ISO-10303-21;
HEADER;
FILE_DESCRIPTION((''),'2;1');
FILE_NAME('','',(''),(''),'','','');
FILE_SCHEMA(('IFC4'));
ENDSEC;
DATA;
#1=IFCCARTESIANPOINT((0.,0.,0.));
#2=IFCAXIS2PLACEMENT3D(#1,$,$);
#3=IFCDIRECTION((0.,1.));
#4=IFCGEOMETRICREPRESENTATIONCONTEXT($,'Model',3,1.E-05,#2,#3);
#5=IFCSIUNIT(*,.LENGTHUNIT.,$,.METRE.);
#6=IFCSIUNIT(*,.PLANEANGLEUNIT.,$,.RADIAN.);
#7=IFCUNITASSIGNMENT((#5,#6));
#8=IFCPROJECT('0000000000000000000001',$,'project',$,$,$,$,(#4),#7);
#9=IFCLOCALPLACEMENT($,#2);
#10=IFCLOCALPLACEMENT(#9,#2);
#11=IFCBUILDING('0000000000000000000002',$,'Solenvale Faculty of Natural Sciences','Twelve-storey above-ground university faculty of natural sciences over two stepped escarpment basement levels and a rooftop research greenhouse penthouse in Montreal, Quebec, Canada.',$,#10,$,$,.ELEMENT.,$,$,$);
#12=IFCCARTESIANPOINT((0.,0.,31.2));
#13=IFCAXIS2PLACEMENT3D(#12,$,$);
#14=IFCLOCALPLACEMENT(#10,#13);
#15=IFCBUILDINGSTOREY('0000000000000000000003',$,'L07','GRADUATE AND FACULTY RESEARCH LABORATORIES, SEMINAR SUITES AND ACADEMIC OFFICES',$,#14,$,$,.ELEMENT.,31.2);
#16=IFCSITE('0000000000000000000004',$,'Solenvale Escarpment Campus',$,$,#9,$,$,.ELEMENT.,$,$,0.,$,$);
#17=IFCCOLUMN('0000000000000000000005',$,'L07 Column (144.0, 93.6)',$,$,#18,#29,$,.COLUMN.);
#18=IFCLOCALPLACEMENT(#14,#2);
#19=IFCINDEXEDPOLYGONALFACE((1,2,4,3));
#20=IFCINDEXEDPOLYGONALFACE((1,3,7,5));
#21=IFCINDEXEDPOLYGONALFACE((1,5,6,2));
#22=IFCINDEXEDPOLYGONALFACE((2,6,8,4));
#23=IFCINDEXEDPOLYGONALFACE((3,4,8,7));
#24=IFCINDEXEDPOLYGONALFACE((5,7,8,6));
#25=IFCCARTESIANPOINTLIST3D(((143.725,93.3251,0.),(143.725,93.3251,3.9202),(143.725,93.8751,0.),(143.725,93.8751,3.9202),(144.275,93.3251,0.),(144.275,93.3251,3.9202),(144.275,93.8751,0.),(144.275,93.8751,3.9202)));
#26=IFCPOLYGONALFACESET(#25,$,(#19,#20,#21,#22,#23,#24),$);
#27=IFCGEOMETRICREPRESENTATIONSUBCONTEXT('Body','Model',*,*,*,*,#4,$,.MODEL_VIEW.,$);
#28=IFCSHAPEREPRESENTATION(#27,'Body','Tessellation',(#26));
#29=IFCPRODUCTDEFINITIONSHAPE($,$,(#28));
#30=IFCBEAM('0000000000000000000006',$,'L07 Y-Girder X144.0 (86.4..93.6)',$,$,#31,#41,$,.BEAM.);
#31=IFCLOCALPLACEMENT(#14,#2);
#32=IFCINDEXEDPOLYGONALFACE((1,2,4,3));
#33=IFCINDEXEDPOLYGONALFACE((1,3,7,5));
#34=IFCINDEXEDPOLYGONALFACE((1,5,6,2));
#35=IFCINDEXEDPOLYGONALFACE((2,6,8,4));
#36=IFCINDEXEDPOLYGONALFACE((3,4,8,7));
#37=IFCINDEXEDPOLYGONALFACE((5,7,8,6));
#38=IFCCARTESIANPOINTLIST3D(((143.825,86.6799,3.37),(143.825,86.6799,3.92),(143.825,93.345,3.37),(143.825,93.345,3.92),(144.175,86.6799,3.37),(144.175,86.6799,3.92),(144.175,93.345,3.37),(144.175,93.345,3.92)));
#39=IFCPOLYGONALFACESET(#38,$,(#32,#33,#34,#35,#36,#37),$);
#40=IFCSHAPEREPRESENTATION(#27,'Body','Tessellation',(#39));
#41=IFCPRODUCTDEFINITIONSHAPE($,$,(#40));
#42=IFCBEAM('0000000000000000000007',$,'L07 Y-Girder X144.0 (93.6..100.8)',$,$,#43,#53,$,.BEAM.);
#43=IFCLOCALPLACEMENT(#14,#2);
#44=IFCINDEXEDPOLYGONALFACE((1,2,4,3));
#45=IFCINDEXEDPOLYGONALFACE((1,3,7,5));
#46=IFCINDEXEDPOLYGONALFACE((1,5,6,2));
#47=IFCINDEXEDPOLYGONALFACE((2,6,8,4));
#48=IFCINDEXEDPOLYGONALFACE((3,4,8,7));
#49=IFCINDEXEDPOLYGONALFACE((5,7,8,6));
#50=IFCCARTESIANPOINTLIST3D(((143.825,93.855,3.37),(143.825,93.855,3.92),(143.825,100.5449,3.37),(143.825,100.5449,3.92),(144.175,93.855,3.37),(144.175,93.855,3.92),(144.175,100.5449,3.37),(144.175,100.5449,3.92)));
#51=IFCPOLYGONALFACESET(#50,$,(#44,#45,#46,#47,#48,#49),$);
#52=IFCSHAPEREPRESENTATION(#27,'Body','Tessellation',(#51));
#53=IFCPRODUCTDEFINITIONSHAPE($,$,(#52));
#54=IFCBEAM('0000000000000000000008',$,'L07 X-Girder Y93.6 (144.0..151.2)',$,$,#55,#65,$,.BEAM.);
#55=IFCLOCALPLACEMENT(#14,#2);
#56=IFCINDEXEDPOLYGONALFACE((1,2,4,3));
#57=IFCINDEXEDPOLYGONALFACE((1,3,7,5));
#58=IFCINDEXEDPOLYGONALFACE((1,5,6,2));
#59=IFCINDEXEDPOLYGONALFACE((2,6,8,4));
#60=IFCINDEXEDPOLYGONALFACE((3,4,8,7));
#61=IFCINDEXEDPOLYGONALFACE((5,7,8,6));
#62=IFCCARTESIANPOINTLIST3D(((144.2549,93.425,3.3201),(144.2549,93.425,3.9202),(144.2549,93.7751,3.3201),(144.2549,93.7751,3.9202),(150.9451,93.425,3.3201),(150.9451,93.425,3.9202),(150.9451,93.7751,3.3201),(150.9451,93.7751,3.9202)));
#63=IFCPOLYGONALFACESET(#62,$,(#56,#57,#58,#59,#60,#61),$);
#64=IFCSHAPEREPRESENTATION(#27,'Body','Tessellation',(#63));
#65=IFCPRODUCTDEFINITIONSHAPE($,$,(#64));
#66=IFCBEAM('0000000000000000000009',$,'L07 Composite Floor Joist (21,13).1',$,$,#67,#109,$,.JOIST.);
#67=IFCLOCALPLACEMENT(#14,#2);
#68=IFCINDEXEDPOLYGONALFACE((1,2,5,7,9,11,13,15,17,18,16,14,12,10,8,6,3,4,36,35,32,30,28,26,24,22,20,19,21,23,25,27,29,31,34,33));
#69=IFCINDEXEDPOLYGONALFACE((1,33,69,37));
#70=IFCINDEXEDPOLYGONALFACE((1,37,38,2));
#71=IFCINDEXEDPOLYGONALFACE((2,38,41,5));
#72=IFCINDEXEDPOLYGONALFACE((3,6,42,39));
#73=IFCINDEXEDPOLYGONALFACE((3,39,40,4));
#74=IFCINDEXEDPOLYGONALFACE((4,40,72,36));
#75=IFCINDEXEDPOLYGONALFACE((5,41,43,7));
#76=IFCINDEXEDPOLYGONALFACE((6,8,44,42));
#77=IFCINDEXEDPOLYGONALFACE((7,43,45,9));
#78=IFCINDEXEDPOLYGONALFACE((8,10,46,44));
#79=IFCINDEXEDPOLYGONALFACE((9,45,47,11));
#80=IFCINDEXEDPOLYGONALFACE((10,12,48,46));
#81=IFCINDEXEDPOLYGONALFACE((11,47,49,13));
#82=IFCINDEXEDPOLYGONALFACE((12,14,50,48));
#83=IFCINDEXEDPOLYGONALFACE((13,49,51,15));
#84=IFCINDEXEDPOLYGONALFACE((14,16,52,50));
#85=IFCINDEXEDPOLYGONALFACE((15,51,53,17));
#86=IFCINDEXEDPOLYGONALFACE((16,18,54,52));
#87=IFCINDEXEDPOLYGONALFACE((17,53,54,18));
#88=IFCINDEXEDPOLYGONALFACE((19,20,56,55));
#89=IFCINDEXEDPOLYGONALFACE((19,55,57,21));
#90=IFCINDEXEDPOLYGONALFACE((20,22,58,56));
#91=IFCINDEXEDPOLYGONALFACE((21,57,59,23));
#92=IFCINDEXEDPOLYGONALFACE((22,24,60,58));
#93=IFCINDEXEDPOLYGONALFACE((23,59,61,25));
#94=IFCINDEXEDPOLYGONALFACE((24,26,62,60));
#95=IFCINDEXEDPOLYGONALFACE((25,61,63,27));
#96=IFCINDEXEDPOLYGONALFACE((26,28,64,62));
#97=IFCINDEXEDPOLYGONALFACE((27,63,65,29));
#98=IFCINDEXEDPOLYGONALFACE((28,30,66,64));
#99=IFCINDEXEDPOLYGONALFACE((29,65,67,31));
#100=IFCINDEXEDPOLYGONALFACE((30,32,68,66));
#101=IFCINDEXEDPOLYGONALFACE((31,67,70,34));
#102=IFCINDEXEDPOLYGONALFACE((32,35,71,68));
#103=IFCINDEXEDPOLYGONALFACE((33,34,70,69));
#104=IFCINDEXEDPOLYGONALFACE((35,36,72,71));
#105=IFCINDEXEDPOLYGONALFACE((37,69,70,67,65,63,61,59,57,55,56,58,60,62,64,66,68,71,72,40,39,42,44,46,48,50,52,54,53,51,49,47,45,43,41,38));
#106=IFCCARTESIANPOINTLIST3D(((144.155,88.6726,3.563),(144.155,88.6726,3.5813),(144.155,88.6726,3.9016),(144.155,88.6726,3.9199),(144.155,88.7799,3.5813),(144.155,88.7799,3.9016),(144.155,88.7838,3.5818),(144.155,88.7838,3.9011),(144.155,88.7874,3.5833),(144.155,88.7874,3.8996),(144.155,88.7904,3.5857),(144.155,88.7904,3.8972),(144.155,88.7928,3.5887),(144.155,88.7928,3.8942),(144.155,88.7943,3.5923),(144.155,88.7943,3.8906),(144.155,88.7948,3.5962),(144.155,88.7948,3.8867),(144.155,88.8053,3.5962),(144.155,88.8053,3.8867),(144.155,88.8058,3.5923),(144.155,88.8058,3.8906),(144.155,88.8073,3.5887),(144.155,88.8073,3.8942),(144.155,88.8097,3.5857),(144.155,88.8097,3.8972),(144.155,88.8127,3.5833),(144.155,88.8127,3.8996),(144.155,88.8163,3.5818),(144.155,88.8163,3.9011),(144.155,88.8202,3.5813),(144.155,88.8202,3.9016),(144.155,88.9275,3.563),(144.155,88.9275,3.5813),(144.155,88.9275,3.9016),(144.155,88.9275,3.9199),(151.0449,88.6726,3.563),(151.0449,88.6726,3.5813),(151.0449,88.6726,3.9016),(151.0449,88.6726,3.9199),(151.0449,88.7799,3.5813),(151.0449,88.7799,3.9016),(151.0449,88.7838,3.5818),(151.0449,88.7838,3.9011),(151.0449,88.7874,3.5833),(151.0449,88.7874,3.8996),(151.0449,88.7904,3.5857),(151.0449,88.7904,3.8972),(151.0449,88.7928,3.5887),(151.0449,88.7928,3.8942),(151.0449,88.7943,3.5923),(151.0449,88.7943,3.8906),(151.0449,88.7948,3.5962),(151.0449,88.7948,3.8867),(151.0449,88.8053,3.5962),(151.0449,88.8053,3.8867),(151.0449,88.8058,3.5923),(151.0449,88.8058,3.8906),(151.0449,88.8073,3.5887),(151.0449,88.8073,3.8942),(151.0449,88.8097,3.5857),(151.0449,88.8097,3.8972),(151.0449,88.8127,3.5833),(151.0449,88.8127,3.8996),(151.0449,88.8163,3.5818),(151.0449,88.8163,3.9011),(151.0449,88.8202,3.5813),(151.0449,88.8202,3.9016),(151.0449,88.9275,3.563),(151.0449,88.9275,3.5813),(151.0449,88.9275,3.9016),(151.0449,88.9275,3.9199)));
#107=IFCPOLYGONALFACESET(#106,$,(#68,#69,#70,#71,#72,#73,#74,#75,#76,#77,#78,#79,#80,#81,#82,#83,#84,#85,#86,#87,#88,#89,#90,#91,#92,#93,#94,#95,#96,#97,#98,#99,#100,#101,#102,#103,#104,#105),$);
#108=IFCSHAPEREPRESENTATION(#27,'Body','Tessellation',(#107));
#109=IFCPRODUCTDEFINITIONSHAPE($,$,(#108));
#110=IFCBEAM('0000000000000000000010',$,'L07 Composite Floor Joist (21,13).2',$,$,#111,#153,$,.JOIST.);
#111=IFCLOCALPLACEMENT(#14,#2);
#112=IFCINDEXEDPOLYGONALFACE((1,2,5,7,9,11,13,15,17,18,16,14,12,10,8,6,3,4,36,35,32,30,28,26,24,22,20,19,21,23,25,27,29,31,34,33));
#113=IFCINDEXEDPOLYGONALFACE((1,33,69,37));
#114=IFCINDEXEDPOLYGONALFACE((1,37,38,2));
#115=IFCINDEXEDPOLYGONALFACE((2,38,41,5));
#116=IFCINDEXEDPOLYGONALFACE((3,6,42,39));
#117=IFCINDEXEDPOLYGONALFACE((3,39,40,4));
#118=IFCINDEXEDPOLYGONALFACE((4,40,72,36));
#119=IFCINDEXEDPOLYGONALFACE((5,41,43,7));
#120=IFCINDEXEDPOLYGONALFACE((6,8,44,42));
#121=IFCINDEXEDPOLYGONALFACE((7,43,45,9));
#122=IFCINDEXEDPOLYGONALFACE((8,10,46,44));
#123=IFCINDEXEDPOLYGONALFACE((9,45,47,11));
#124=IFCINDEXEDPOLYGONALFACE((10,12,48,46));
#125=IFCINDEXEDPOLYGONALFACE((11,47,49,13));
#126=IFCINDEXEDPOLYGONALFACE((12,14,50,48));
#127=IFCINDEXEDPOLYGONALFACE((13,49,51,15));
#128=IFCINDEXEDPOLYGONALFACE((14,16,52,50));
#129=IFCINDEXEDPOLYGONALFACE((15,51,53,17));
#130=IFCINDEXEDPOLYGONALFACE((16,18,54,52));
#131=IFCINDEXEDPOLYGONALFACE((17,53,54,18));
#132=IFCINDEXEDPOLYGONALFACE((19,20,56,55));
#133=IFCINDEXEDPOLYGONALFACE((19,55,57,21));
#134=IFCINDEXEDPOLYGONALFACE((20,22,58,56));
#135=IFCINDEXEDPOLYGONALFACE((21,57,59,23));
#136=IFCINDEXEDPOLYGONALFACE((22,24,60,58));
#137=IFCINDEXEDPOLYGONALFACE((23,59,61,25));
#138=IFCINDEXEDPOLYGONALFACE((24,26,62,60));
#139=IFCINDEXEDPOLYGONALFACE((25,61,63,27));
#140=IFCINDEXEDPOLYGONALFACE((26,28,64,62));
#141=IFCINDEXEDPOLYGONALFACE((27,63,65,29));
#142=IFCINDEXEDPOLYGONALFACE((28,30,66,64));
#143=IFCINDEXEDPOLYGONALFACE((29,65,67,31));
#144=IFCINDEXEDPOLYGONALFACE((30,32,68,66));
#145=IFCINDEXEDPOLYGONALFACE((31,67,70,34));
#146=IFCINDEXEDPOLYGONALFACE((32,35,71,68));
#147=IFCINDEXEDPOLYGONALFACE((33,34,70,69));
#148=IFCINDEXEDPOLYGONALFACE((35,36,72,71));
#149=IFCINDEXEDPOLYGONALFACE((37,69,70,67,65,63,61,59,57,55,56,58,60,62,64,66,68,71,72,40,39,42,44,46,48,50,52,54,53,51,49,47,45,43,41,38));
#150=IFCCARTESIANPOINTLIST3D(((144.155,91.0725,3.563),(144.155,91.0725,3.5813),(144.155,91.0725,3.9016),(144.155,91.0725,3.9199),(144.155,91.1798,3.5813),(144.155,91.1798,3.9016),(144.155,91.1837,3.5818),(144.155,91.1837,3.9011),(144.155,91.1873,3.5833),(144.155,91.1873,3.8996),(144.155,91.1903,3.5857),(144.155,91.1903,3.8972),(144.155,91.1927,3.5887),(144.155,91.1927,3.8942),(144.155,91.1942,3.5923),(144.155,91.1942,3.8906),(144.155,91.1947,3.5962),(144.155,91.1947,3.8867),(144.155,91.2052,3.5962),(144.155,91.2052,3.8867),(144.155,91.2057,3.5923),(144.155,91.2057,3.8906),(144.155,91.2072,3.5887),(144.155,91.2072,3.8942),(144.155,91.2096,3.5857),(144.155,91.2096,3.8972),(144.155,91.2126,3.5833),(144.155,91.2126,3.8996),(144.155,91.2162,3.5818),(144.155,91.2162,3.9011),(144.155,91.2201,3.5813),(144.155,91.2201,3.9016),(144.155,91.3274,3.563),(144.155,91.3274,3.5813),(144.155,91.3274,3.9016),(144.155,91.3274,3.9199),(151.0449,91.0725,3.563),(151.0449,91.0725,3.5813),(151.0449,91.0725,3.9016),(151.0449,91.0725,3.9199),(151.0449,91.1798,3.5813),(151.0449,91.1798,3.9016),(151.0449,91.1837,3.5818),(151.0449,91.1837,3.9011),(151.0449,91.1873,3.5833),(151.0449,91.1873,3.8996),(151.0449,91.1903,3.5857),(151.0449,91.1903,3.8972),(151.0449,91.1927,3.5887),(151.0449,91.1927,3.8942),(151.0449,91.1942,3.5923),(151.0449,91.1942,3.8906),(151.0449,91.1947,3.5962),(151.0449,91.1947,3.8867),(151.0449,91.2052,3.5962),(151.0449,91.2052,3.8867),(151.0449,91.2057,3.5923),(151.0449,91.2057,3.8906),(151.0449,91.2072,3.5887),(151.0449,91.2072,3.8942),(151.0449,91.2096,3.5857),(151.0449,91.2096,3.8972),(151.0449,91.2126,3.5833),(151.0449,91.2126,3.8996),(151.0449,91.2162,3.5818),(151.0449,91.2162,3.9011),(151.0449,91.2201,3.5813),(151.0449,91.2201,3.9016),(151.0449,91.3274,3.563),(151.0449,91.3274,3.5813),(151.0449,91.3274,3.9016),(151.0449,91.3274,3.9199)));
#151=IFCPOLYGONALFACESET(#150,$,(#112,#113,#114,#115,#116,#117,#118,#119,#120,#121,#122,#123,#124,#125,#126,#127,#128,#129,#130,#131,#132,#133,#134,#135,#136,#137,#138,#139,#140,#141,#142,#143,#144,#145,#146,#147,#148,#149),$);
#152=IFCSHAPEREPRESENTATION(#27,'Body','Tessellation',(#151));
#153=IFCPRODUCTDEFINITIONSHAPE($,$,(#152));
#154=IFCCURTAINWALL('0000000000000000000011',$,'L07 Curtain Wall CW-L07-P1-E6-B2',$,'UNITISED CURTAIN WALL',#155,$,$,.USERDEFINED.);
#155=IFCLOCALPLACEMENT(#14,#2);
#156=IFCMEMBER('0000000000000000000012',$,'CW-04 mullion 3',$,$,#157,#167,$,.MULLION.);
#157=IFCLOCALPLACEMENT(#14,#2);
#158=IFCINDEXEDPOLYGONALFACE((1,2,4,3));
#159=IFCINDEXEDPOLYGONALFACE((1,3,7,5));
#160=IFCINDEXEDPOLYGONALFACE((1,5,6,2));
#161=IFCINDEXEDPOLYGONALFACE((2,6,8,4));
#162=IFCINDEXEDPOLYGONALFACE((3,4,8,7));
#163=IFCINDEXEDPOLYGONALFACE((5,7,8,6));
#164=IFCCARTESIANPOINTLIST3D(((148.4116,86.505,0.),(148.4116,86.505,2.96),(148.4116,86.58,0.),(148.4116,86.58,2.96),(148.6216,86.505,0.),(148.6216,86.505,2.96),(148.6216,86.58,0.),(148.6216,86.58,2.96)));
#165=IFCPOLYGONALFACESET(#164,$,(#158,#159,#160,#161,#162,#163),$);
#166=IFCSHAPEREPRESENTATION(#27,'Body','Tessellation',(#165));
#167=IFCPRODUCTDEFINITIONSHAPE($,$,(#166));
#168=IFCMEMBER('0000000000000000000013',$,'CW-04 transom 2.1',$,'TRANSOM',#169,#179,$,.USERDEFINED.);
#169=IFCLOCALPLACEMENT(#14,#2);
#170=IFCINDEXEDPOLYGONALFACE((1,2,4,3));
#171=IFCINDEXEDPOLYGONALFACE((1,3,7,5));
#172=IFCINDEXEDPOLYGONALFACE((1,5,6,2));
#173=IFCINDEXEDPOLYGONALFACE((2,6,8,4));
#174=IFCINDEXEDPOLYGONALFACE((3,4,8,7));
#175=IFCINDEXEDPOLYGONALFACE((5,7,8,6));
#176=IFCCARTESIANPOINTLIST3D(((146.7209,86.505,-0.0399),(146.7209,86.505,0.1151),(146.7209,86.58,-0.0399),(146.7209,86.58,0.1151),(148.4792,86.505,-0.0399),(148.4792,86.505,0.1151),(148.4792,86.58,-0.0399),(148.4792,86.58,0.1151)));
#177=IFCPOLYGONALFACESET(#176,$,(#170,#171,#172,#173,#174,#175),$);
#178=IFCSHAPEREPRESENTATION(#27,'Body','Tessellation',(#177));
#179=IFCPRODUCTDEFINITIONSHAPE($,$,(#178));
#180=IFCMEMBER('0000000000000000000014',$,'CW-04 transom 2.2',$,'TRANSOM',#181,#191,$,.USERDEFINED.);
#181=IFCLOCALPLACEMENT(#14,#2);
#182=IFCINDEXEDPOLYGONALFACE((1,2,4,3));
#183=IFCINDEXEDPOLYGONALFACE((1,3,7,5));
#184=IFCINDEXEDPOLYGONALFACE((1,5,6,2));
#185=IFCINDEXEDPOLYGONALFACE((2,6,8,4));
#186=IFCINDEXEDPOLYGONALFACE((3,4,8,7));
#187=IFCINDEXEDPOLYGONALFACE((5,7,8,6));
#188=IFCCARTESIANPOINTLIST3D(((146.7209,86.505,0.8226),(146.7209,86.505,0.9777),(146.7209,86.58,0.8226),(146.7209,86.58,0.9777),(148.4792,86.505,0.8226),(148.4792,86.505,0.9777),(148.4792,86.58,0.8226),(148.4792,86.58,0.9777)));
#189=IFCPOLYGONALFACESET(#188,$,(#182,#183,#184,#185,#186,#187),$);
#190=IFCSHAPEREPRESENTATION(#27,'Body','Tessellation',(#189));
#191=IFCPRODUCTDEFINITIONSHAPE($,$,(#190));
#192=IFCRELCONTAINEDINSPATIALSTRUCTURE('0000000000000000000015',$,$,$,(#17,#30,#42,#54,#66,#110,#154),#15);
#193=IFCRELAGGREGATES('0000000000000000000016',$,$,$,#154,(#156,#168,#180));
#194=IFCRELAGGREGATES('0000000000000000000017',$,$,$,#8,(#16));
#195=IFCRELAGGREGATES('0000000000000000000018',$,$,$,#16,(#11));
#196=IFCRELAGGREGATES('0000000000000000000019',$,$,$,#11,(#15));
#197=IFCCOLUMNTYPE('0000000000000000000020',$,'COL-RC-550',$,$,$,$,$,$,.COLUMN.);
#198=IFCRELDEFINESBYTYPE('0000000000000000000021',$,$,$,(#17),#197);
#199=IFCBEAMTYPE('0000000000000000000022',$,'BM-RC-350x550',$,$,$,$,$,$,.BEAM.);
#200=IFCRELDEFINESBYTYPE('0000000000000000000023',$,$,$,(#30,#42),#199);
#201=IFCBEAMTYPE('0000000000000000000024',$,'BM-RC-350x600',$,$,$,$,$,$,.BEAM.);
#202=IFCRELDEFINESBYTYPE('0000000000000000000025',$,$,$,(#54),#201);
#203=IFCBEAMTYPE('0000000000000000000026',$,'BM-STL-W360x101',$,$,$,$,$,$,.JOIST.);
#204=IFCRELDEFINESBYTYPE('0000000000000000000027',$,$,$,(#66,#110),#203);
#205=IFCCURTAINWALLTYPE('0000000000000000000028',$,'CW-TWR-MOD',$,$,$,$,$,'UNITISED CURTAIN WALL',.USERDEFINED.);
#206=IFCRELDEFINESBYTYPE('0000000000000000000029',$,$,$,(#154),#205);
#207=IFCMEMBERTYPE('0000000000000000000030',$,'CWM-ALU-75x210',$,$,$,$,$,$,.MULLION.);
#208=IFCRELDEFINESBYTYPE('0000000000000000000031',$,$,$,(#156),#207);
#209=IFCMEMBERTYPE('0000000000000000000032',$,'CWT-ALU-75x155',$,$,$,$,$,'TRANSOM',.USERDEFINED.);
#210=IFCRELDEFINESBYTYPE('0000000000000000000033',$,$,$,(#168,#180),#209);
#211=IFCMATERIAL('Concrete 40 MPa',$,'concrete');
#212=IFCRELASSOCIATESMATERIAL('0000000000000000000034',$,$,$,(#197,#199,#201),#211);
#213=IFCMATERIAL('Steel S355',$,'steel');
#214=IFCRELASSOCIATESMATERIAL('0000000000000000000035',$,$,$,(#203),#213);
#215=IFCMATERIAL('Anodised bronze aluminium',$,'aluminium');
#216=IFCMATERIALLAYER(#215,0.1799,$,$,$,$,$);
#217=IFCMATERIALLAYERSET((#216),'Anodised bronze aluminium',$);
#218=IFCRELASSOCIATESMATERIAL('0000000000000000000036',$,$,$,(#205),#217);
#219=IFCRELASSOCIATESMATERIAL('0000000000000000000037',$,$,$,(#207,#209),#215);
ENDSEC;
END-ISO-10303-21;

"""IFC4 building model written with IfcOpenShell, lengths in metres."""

from ifc_helpers import new_model, si_unit, direction, frame, origin, origin_2d, place, context, subcontext, project, spatial, rectangle, i_section, extrude, material, layer, layer_set, material_profile, profile_set, type_object, element, aggregate, save


model = new_model("IFC4")

# Units and contexts
model_context = context("Model", 3, precision=1e-05, world=origin(), true_north=direction((0.0, 1.0)))
body_context = subcontext(model_context, "Body", "Model", "MODEL_VIEW")
ifc_project = project(units=[si_unit("LENGTHUNIT", "METRE"), si_unit("PLANEANGLEUNIT", "RADIAN")], contexts=[model_context])

# Site, building, storey
site_placement = place(None, origin())
site = spatial("IfcSite", under=ifc_project, at=site_placement, Name="Solenvale Escarpment Campus", CompositionType="ELEMENT", RefElevation=0.0)
building_placement = place(site_placement, origin())
building = spatial("IfcBuilding", under=site, at=building_placement, Name="Solenvale Faculty of Natural Sciences", Description="Twelve-storey above-ground university faculty of natural sciences over two stepped escarpment basement levels and a rooftop research greenhouse penthouse in Montreal, Quebec, Canada.", CompositionType="ELEMENT")
storey_placement = place(building_placement, frame((0.0, 0.0, 31.2)))
storey = spatial("IfcBuildingStorey", under=building, at=storey_placement, Name="L07", Description="GRADUATE AND FACULTY RESEARCH LABORATORIES, SEMINAR SUITES AND ACADEMIC OFFICES", CompositionType="ELEMENT", Elevation=31.2)

# Column
ifc_material_1 = material(Name="Concrete 40 MPa", Category="concrete")
ifc_material_profile_1 = material_profile(ifc_material_1, rectangle(XDim=0.55, YDim=0.55, at=origin_2d()), Name="RC-COL-550x550")
ifc_profile_set_1 = profile_set([ifc_material_profile_1], Name="Concrete 40 MPa")
column_type = type_object("IfcColumnType", Name="COL-RC-550", PredefinedType="COLUMN", material=ifc_profile_set_1)
column_placement = place(storey_placement, frame((144.0, 93.6001, 0.0), z_axis=(0.0, 0.0, 1.0), x_axis=(1.0, 0.0, 0.0)))
element("IfcColumn", 1, at=column_placement, inside=storey, type_object=column_type, Name="L07 Column (144.0, 93.6)", PredefinedType="COLUMN", context=body_context, shape_type="SweptSolid", body=[
    extrude(rectangle(XDim=0.55, YDim=0.55, at=origin_2d()), origin(), (0.0, 0.0, 1.0), 3.9202),
])

# Beams
ifc_material_profile_2 = material_profile(ifc_material_1, rectangle(XDim=0.3501, YDim=0.55, at=origin_2d()), Name="RC-BM-350x550")
ifc_profile_set_2 = profile_set([ifc_material_profile_2], Name="Concrete 40 MPa")
beam_type_1 = type_object("IfcBeamType", Name="BM-RC-350x550", PredefinedType="BEAM", material=ifc_profile_set_2)
beam_1_placement = place(storey_placement, frame((144.0, 86.6799, 3.645), z_axis=(0.0, 1.0, 0.0), x_axis=(-1.0, 0.0, 0.0)))
element("IfcBeam", 2, at=beam_1_placement, inside=storey, type_object=beam_type_1, Name="L07 Y-Girder X144.0 (86.4..93.6)", PredefinedType="BEAM", context=body_context, shape_type="SweptSolid", body=[
    extrude(rectangle(XDim=0.3501, YDim=0.55, at=origin_2d()), origin(), (0.0, 0.0, 1.0), 6.665),
])
beam_2_placement = place(storey_placement, frame((144.0, 93.855, 3.645), z_axis=(0.0, 1.0, 0.0), x_axis=(-1.0, 0.0, 0.0)))
element("IfcBeam", 3, at=beam_2_placement, inside=storey, type_object=beam_type_1, Name="L07 Y-Girder X144.0 (93.6..100.8)", PredefinedType="BEAM", context=body_context, shape_type="SweptSolid", body=[
    extrude(rectangle(XDim=0.3501, YDim=0.55, at=origin_2d()), origin(), (0.0, 0.0, 1.0), 6.6899),
])
ifc_material_profile_3 = material_profile(ifc_material_1, rectangle(XDim=0.3501, YDim=0.6001, at=origin_2d()), Name="RC-BM-350x600")
ifc_profile_set_3 = profile_set([ifc_material_profile_3], Name="Concrete 40 MPa")
beam_type_2 = type_object("IfcBeamType", Name="BM-RC-350x600", PredefinedType="BEAM", material=ifc_profile_set_3)
beam_3_placement = place(storey_placement, frame((144.2549, 93.6001, 3.6201), z_axis=(1.0, 0.0, 0.0), x_axis=(0.0, 1.0, 0.0)))
element("IfcBeam", 4, at=beam_3_placement, inside=storey, type_object=beam_type_2, Name="L07 X-Girder Y93.6 (144.0..151.2)", PredefinedType="BEAM", context=body_context, shape_type="SweptSolid", body=[
    extrude(rectangle(XDim=0.3501, YDim=0.6001, at=origin_2d()), origin(), (0.0, 0.0, 1.0), 6.6902),
])
ifc_material_2 = material(Name="Steel S355", Category="steel")
ifc_material_profile_4 = material_profile(ifc_material_2, i_section(OverallWidth=0.2549, OverallDepth=0.3569, WebThickness=0.0105, FlangeThickness=0.0183, FilletRadius=0.0149, at=origin_2d()), Name="W360x101")
ifc_profile_set_4 = profile_set([ifc_material_profile_4], Name="Steel S355")
beam_type_3 = type_object("IfcBeamType", Name="BM-STL-W360x101", PredefinedType="JOIST", material=ifc_profile_set_4)
for number, where, z_axis, x_axis, name in (
    (5, (144.155, 88.8, 3.7415), (1.0, 0.0, 0.0), (0.0, 1.0, 0.0), "L07 Composite Floor Joist (21,13).1"),
    (6, (144.155, 91.2, 3.7415), (1.0, 0.0, 0.0), (0.0, 1.0, 0.0), "L07 Composite Floor Joist (21,13).2"),
):
    element("IfcBeam", number, at=place(storey_placement, frame(where, z_axis=z_axis, x_axis=x_axis)), inside=storey, type_object=beam_type_3, Name=name, PredefinedType="JOIST", context=body_context, shape_type="SweptSolid", body=[
        extrude(i_section(OverallWidth=0.2549, OverallDepth=0.3569, WebThickness=0.0105, FlangeThickness=0.0183, FilletRadius=0.0149, at=origin_2d()), origin(), (0.0, 0.0, 1.0), 6.8899),
    ])

# Curtain wall, members
ifc_material_3 = material(Name="Anodised bronze aluminium", Category="aluminium")
ifc_layer_1 = layer(ifc_material_3, 0.1799)
ifc_layer_set_1 = layer_set([ifc_layer_1], Name="Anodised bronze aluminium")
curtain_wall_type = type_object("IfcCurtainWallType", Name="CW-TWR-MOD", ElementType="UNITISED CURTAIN WALL", PredefinedType="USERDEFINED", material=ifc_layer_set_1)
curtain_wall_placement = place(storey_placement, origin())
curtain_wall = element("IfcCurtainWall", 7, at=curtain_wall_placement, inside=storey, type_object=curtain_wall_type, Name="L07 Curtain Wall CW-L07-P1-E6-B2", ObjectType="UNITISED CURTAIN WALL", PredefinedType="USERDEFINED")
ifc_material_profile_5 = material_profile(ifc_material_3, rectangle(XDim=0.075, YDim=0.21, at=origin_2d()), Name="ALU-MUL-75x210")
ifc_profile_set_5 = profile_set([ifc_material_profile_5], Name="Anodised bronze aluminium")
member_type_1 = type_object("IfcMemberType", Name="CWM-ALU-75x210", PredefinedType="MULLION", material=ifc_profile_set_5)
member_1_placement = place(storey_placement, frame((148.5166, 86.5425, 0.0), z_axis=(0.0, 0.0, 1.0), x_axis=(0.0, 1.0, 0.0)))
member_1 = element("IfcMember", 8, at=member_1_placement, type_object=member_type_1, Name="CW-04 mullion 3", PredefinedType="MULLION", context=body_context, shape_type="SweptSolid", body=[
    extrude(rectangle(XDim=0.075, YDim=0.21, at=origin_2d()), origin(), (0.0, 0.0, 1.0), 2.96),
])
ifc_material_profile_6 = material_profile(ifc_material_3, rectangle(XDim=0.075, YDim=0.155, at=origin_2d()), Name="ALU-TRN-75x155")
ifc_profile_set_6 = profile_set([ifc_material_profile_6], Name="Anodised bronze aluminium")
member_type_2 = type_object("IfcMemberType", Name="CWT-ALU-75x155", ElementType="TRANSOM", PredefinedType="USERDEFINED", material=ifc_profile_set_6)
member_2_placement = place(storey_placement, frame((146.7209, 86.5425, 0.0376), z_axis=(1.0, 0.0, 0.0), x_axis=(0.0, 1.0, 0.0)))
member_2 = element("IfcMember", 9, at=member_2_placement, type_object=member_type_2, Name="CW-04 transom 2.1", ObjectType="TRANSOM", PredefinedType="USERDEFINED", context=body_context, shape_type="SweptSolid", body=[
    extrude(rectangle(XDim=0.075, YDim=0.155, at=origin_2d()), origin(), (0.0, 0.0, 1.0), 1.7583),
])
member_3_placement = place(storey_placement, frame((146.7209, 86.5425, 0.9001), z_axis=(1.0, 0.0, 0.0), x_axis=(0.0, 1.0, 0.0)))
member_3 = element("IfcMember", 10, at=member_3_placement, type_object=member_type_2, Name="CW-04 transom 2.2", ObjectType="TRANSOM", PredefinedType="USERDEFINED", context=body_context, shape_type="SweptSolid", body=[
    extrude(rectangle(XDim=0.075, YDim=0.155, at=origin_2d()), origin(), (0.0, 0.0, 1.0), 1.7583),
])
aggregate(curtain_wall, [member_1, member_2, member_3])

save(model, "model.ifc")
